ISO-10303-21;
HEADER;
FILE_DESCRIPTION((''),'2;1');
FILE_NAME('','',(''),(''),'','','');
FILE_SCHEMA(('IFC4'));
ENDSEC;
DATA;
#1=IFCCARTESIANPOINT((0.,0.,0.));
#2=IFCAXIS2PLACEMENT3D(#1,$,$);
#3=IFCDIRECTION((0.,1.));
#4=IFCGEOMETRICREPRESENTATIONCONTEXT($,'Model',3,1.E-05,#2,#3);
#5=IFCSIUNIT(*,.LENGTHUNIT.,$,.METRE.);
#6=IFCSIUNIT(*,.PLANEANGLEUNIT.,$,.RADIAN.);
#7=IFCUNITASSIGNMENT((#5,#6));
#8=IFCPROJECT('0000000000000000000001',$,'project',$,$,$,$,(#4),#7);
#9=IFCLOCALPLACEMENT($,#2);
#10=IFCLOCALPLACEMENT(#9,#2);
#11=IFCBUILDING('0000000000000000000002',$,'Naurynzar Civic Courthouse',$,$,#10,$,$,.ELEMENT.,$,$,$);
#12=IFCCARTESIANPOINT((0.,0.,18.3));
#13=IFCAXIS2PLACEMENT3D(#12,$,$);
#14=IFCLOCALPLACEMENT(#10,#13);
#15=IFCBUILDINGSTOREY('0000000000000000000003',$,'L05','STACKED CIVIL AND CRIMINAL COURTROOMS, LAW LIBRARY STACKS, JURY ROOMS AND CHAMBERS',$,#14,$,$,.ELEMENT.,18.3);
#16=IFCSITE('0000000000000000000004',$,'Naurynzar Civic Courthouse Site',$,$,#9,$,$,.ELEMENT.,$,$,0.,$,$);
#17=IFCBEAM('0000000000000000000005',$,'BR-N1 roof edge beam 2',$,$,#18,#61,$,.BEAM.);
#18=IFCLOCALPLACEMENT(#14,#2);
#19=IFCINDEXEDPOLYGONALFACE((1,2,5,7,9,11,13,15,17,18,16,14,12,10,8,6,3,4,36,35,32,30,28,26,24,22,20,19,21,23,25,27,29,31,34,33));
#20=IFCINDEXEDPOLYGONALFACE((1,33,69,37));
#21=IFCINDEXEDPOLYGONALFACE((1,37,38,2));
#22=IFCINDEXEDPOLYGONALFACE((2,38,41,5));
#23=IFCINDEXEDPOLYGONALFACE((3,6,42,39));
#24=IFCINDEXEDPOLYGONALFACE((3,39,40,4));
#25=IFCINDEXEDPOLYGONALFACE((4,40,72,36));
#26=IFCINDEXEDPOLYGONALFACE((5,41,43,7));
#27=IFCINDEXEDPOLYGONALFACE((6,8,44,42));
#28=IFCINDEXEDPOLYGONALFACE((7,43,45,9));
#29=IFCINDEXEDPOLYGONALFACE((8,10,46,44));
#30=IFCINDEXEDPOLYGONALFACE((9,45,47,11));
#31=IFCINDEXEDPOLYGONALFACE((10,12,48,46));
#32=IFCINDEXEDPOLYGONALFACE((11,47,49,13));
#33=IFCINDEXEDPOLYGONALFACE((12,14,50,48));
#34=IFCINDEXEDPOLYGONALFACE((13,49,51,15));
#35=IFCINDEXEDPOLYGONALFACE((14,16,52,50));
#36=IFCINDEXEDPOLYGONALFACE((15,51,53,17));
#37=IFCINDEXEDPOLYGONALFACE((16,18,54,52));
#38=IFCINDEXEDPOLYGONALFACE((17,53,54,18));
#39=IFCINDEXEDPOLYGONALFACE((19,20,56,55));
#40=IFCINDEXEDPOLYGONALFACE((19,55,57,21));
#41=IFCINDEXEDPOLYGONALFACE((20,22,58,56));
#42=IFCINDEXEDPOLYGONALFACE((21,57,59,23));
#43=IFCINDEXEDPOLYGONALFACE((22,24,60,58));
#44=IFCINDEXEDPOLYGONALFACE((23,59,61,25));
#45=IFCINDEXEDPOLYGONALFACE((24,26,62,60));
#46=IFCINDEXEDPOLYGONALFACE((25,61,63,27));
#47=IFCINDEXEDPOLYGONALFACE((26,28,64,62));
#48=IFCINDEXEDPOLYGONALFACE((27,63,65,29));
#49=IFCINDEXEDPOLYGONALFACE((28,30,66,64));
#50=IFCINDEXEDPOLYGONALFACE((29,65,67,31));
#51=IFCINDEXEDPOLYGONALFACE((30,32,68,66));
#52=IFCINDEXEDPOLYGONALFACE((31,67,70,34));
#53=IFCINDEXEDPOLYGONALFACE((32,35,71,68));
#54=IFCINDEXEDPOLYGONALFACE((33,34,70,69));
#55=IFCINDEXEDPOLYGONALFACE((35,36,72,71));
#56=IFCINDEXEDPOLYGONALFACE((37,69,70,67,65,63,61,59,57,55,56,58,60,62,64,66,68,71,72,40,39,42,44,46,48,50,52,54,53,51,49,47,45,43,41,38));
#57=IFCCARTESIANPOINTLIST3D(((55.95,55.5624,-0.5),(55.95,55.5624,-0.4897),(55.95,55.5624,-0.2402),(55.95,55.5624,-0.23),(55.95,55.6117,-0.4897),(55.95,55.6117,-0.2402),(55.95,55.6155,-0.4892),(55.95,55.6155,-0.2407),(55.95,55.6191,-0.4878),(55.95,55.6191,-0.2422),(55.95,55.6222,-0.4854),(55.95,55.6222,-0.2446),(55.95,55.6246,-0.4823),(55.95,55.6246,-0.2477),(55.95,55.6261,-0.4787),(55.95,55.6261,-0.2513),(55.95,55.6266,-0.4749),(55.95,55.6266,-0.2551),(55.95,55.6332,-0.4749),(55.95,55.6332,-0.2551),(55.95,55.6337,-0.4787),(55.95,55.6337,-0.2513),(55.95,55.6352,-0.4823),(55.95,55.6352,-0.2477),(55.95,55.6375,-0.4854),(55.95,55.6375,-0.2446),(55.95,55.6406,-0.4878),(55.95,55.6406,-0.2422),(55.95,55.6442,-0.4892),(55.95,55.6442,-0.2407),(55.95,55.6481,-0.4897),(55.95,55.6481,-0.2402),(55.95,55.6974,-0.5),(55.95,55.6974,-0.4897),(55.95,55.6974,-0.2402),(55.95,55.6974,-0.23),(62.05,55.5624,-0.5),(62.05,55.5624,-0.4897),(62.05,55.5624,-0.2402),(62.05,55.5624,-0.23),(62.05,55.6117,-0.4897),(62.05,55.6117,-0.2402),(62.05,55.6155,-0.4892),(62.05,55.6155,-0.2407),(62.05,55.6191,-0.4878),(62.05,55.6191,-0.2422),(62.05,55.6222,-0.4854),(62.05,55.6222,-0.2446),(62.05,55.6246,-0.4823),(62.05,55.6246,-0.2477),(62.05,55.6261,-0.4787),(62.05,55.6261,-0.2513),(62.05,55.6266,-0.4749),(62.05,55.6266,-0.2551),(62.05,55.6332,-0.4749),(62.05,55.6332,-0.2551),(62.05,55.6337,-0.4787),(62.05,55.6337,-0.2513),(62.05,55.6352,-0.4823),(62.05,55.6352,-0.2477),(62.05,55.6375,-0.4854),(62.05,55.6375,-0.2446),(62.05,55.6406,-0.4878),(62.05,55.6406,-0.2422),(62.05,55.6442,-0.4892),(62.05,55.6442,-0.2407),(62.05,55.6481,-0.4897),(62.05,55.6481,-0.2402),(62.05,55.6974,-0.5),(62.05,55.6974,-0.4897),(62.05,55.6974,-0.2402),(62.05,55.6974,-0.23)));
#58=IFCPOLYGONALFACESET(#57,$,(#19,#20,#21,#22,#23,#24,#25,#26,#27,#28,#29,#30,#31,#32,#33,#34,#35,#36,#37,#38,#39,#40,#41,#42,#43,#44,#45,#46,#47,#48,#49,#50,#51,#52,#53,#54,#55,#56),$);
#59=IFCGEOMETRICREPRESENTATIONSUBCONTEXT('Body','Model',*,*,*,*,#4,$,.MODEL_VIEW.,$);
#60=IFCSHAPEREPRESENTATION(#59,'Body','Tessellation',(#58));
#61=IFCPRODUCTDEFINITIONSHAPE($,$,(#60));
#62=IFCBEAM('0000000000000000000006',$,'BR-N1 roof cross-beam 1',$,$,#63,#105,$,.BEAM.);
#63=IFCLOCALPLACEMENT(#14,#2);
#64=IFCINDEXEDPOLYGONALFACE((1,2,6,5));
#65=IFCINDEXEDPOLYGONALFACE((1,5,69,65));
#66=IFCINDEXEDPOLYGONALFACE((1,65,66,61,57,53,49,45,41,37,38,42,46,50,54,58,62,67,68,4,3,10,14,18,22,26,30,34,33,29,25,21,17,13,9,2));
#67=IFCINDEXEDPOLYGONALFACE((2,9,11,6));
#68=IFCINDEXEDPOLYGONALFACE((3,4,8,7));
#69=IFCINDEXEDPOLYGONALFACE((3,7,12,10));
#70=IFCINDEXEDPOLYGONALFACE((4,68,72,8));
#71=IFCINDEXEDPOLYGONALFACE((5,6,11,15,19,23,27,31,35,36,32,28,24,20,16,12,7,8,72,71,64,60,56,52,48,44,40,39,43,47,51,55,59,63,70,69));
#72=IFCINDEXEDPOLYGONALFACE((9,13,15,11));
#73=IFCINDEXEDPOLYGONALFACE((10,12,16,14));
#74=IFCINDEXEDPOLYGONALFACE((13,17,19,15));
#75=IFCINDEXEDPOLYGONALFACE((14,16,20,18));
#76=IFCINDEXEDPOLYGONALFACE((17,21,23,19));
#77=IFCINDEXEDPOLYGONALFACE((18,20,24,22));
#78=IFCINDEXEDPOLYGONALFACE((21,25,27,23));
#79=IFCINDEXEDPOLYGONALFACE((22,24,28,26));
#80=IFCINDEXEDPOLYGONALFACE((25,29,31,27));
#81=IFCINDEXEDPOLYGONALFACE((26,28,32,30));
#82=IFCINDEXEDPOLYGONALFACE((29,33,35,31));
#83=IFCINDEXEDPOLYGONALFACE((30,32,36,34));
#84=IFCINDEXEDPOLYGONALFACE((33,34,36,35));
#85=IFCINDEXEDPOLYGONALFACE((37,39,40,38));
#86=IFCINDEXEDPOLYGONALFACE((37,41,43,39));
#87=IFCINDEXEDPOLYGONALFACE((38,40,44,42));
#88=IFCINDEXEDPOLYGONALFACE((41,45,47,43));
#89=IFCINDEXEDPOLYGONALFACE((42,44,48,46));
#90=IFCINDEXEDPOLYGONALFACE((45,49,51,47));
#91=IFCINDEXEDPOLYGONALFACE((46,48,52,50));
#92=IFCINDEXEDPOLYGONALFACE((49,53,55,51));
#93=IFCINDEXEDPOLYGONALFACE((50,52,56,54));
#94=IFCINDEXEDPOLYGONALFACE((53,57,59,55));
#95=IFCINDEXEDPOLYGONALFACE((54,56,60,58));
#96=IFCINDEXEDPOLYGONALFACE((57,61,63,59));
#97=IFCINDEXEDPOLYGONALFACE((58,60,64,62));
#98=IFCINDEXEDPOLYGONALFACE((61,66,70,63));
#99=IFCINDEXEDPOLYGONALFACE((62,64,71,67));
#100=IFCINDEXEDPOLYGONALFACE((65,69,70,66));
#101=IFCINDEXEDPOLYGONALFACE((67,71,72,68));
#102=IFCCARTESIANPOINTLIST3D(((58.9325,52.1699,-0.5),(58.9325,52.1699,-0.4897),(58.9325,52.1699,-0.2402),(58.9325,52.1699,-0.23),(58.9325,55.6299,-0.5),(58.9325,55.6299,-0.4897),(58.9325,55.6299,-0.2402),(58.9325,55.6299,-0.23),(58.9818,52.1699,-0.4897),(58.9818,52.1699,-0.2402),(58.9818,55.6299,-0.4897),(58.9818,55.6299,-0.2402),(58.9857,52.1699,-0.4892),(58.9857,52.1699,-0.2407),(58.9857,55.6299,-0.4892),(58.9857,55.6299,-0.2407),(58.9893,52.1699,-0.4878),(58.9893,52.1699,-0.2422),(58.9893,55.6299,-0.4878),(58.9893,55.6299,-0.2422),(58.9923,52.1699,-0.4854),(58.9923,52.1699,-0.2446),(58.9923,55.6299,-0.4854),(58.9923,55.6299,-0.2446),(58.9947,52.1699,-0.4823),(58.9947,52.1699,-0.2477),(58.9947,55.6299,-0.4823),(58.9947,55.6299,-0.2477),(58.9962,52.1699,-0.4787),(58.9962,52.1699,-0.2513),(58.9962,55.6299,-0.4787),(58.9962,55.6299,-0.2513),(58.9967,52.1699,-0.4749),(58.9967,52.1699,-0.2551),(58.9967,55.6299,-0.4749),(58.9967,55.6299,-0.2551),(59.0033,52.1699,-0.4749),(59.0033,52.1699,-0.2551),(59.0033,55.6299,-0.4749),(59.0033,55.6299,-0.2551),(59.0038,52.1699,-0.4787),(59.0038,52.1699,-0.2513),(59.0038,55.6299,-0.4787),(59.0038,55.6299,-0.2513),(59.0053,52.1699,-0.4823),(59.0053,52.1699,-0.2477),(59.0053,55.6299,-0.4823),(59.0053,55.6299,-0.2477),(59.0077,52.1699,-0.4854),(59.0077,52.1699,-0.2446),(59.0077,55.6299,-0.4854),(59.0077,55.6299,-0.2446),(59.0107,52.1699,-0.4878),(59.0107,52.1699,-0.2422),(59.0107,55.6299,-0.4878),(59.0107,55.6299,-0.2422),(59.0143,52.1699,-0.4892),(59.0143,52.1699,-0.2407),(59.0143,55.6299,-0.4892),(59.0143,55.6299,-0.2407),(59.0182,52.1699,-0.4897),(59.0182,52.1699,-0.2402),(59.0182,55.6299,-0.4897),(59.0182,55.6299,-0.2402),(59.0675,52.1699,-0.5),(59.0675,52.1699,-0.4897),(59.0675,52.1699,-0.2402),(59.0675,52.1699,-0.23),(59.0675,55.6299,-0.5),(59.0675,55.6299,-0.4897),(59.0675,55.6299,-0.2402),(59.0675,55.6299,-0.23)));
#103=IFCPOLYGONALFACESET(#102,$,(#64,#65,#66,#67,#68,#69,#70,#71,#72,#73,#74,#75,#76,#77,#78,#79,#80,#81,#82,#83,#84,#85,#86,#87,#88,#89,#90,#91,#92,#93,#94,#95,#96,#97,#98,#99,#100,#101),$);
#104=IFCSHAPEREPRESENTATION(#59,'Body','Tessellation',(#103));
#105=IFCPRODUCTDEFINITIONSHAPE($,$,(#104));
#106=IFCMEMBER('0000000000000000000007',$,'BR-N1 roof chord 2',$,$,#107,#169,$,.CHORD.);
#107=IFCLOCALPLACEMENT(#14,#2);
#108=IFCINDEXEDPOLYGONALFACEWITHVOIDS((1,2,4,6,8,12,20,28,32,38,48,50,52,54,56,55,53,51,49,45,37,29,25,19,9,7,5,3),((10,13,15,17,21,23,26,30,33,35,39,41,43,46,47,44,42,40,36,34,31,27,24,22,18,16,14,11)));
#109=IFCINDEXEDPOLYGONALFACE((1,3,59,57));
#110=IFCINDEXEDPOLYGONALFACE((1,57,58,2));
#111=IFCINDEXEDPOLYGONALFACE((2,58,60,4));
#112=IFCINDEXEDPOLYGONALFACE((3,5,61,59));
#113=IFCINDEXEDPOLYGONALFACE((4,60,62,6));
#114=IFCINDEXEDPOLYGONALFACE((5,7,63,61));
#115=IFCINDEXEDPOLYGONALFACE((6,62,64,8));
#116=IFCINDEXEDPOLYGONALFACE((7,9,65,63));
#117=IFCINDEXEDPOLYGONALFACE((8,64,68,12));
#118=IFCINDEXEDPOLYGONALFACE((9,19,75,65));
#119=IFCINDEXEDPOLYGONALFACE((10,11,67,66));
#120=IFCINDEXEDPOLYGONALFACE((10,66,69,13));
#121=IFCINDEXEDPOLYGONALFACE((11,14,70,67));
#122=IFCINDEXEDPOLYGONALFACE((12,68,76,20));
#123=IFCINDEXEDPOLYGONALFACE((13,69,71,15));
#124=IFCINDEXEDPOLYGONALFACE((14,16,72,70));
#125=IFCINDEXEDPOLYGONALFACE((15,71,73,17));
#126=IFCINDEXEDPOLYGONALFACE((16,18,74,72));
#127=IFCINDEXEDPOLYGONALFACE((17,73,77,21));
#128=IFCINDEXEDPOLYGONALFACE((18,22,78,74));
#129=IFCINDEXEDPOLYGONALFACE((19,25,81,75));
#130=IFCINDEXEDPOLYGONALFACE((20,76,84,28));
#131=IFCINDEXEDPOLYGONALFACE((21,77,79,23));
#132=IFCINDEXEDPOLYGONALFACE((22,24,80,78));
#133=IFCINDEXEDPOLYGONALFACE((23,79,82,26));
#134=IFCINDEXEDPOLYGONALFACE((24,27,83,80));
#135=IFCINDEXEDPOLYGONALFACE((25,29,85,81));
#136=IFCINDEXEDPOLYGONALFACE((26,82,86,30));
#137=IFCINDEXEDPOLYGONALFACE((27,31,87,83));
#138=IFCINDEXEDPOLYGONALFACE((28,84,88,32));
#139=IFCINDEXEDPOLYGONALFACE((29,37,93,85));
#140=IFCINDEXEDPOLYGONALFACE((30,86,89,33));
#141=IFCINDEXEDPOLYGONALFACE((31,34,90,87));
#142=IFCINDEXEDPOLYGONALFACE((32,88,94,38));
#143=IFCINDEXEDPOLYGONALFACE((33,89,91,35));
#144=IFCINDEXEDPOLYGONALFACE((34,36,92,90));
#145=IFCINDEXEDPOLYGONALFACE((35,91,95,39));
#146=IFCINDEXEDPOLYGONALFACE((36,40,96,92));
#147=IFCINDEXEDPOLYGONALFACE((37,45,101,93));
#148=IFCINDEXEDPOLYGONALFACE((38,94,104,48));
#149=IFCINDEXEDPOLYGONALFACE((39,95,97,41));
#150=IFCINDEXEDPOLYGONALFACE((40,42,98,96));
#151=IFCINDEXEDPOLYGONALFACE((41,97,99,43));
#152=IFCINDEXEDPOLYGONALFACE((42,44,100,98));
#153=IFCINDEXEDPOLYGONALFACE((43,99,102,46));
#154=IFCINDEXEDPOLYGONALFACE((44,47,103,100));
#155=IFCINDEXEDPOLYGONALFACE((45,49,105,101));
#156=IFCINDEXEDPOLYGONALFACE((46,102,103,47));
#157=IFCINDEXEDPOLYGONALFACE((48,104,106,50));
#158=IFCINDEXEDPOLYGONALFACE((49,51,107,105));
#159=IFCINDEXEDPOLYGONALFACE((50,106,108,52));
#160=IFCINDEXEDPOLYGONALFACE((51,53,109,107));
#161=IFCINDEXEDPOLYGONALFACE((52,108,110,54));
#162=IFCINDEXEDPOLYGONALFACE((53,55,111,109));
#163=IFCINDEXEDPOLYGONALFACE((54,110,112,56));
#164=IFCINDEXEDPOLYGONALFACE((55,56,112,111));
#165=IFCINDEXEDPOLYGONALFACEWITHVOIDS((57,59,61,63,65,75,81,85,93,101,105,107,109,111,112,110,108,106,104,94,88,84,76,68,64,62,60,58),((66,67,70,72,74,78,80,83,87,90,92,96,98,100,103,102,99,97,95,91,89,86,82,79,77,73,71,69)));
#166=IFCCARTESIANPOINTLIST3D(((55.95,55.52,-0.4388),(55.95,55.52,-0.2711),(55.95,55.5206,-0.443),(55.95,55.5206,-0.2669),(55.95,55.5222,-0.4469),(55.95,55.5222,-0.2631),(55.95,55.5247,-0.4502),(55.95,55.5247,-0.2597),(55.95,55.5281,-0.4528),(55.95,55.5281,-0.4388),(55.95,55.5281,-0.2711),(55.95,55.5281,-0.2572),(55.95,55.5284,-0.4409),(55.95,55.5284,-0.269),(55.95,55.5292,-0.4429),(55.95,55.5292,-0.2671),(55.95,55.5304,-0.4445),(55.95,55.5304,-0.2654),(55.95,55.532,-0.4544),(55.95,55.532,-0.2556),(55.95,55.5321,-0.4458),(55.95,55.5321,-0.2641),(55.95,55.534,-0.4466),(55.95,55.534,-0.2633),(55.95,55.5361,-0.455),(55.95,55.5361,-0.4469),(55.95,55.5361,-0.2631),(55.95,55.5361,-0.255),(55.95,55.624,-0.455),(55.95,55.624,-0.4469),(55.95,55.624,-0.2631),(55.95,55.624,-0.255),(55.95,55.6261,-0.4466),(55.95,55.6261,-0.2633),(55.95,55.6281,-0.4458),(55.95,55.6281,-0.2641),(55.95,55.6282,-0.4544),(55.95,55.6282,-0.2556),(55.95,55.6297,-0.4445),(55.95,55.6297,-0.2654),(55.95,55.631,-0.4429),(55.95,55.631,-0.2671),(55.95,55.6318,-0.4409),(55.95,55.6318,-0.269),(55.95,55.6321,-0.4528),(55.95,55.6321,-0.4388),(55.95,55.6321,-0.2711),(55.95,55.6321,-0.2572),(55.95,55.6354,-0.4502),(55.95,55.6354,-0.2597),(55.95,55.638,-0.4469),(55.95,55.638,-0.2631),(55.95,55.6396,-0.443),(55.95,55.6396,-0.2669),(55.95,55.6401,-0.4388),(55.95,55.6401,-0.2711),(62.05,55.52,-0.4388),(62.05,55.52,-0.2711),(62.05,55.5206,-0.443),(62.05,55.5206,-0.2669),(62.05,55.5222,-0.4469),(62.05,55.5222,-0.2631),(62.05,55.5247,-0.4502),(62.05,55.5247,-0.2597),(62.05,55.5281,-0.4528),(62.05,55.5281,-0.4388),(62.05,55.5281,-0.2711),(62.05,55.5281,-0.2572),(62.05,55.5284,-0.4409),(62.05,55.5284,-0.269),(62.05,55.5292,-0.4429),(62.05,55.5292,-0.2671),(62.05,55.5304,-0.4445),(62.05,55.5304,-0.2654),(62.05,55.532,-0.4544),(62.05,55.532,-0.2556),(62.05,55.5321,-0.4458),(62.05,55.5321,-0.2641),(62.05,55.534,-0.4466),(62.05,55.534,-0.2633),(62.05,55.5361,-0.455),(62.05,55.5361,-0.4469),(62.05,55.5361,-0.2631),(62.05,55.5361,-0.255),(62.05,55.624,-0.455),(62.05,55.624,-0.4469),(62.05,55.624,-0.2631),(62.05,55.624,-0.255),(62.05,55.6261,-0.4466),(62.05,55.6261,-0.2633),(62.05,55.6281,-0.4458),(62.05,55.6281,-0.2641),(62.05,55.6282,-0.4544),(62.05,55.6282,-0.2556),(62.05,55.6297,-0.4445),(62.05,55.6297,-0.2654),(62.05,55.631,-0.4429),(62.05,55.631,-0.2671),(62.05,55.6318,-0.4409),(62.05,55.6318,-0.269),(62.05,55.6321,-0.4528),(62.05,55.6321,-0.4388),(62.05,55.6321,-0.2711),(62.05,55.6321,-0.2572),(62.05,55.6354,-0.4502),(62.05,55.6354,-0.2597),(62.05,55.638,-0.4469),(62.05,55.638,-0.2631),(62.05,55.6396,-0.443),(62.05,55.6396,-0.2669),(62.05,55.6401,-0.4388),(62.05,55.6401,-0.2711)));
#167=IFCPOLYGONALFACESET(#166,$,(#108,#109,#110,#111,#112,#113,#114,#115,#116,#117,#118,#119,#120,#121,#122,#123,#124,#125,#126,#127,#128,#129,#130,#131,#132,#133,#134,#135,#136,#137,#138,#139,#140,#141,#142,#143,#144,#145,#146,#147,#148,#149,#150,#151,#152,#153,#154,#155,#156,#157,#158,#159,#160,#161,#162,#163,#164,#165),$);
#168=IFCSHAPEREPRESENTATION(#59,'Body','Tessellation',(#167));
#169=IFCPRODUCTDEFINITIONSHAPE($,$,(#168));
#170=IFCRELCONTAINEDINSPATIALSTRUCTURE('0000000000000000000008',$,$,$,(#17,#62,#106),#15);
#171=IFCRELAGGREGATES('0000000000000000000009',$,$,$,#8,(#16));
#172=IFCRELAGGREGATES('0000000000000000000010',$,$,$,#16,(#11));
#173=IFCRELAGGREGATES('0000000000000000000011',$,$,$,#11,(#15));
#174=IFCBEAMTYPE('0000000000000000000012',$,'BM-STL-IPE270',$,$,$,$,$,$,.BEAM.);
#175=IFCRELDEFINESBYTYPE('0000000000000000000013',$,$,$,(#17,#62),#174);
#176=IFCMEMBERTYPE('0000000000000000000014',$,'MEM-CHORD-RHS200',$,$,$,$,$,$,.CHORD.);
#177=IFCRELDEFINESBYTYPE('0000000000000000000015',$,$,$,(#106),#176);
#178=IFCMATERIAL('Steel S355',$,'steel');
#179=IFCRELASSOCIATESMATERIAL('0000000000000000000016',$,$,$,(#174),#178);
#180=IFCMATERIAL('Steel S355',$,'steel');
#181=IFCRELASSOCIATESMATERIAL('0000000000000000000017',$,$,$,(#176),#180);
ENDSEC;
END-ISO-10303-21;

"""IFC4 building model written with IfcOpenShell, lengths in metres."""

from ifc_helpers import new_model, si_unit, direction, frame, origin, origin_2d, place, context, subcontext, project, spatial, hollow_rectangle, i_section, extrude, material, material_profile, profile_set, type_object, element, save


model = new_model("IFC4")

# Units and contexts
model_context = context("Model", 3, precision=1e-05, world=origin(), true_north=direction((0.0, 1.0)))
body_context = subcontext(model_context, "Body", "Model", "MODEL_VIEW")
ifc_project = project(units=[si_unit("LENGTHUNIT", "METRE"), si_unit("PLANEANGLEUNIT", "RADIAN")], contexts=[model_context])

# Site, building, storey
site_placement = place(None, origin())
site = spatial("IfcSite", under=ifc_project, at=site_placement, Name="Naurynzar Civic Courthouse Site", CompositionType="ELEMENT", RefElevation=0.0)
building_placement = place(site_placement, origin())
building = spatial("IfcBuilding", under=site, at=building_placement, Name="Naurynzar Civic Courthouse", CompositionType="ELEMENT")
storey_placement = place(building_placement, frame((0.0, 0.0, 18.3)))
storey = spatial("IfcBuildingStorey", under=building, at=storey_placement, Name="L05", Description="STACKED CIVIL AND CRIMINAL COURTROOMS, LAW LIBRARY STACKS, JURY ROOMS AND CHAMBERS", CompositionType="ELEMENT", Elevation=18.3)

# Beams
ifc_material_1 = material(Name="Steel S355", Category="steel")
ifc_material_profile_1 = material_profile(ifc_material_1, i_section(OverallWidth=0.135, OverallDepth=0.27, WebThickness=0.0066, FlangeThickness=0.0103, FilletRadius=0.0149, at=origin_2d()), Name="IPE 270")
ifc_profile_set_1 = profile_set([ifc_material_profile_1], Name="Steel S355")
beam_type_1 = type_object("IfcBeamType", Name="BM-STL-IPE270", PredefinedType="BEAM", material=ifc_profile_set_1)
for number, where, z_axis, x_axis, name in (
    (1, (55.95, 55.6299, -0.365), (1.0, 0.0, 0.0), (0.0, 1.0, 0.0), "BR-N1 roof edge beam 2"),
):
    element("IfcBeam", number, at=place(storey_placement, frame(where, z_axis=z_axis, x_axis=x_axis)), inside=storey, type_object=beam_type_1, Name=name, PredefinedType="BEAM", context=body_context, shape_type="SweptSolid", body=[
        extrude(i_section(OverallWidth=0.135, OverallDepth=0.27, WebThickness=0.0066, FlangeThickness=0.0103, FilletRadius=0.0149, at=origin_2d()), origin(), (0.0, 0.0, 1.0), 6.1001),
    ])
beam_1_placement = place(storey_placement, frame((59.0, 52.1699, -0.365), z_axis=(0.0, 1.0, 0.0), x_axis=(-1.0, 0.0, 0.0)))
element("IfcBeam", 2, at=beam_1_placement, inside=storey, type_object=beam_type_1, Name="BR-N1 roof cross-beam 1", PredefinedType="BEAM", context=body_context, shape_type="SweptSolid", body=[
    extrude(i_section(OverallWidth=0.135, OverallDepth=0.27, WebThickness=0.0066, FlangeThickness=0.0103, FilletRadius=0.0149, at=origin_2d()), origin(), (0.0, 0.0, 1.0), 3.46),
])

# Member
ifc_material_2 = material(Name="Steel S355", Category="steel")
ifc_material_profile_2 = material_profile(ifc_material_2, hollow_rectangle(XDim=0.1201, YDim=0.2, WallThickness=0.0081, InnerFilletRadius=0.0081, OuterFilletRadius=0.0161, at=origin_2d()), Name="RHS 200x120x8")
ifc_profile_set_2 = profile_set([ifc_material_profile_2], Name="Steel S355")
member_type_1 = type_object("IfcMemberType", Name="MEM-CHORD-RHS200", PredefinedType="CHORD", material=ifc_profile_set_2)
member_1_placement = place(storey_placement, frame((55.95, 55.5801, -0.355), z_axis=(1.0, 0.0, 0.0), x_axis=(0.0, 1.0, 0.0)))
element("IfcMember", 3, at=member_1_placement, inside=storey, type_object=member_type_1, Name="BR-N1 roof chord 2", PredefinedType="CHORD", context=body_context, shape_type="SweptSolid", body=[
    extrude(hollow_rectangle(XDim=0.1201, YDim=0.2, WallThickness=0.0081, InnerFilletRadius=0.0081, OuterFilletRadius=0.0161, at=origin_2d()), origin(), (0.0, 0.0, 1.0), 6.1001),
])

save(model, "model.ifc")
